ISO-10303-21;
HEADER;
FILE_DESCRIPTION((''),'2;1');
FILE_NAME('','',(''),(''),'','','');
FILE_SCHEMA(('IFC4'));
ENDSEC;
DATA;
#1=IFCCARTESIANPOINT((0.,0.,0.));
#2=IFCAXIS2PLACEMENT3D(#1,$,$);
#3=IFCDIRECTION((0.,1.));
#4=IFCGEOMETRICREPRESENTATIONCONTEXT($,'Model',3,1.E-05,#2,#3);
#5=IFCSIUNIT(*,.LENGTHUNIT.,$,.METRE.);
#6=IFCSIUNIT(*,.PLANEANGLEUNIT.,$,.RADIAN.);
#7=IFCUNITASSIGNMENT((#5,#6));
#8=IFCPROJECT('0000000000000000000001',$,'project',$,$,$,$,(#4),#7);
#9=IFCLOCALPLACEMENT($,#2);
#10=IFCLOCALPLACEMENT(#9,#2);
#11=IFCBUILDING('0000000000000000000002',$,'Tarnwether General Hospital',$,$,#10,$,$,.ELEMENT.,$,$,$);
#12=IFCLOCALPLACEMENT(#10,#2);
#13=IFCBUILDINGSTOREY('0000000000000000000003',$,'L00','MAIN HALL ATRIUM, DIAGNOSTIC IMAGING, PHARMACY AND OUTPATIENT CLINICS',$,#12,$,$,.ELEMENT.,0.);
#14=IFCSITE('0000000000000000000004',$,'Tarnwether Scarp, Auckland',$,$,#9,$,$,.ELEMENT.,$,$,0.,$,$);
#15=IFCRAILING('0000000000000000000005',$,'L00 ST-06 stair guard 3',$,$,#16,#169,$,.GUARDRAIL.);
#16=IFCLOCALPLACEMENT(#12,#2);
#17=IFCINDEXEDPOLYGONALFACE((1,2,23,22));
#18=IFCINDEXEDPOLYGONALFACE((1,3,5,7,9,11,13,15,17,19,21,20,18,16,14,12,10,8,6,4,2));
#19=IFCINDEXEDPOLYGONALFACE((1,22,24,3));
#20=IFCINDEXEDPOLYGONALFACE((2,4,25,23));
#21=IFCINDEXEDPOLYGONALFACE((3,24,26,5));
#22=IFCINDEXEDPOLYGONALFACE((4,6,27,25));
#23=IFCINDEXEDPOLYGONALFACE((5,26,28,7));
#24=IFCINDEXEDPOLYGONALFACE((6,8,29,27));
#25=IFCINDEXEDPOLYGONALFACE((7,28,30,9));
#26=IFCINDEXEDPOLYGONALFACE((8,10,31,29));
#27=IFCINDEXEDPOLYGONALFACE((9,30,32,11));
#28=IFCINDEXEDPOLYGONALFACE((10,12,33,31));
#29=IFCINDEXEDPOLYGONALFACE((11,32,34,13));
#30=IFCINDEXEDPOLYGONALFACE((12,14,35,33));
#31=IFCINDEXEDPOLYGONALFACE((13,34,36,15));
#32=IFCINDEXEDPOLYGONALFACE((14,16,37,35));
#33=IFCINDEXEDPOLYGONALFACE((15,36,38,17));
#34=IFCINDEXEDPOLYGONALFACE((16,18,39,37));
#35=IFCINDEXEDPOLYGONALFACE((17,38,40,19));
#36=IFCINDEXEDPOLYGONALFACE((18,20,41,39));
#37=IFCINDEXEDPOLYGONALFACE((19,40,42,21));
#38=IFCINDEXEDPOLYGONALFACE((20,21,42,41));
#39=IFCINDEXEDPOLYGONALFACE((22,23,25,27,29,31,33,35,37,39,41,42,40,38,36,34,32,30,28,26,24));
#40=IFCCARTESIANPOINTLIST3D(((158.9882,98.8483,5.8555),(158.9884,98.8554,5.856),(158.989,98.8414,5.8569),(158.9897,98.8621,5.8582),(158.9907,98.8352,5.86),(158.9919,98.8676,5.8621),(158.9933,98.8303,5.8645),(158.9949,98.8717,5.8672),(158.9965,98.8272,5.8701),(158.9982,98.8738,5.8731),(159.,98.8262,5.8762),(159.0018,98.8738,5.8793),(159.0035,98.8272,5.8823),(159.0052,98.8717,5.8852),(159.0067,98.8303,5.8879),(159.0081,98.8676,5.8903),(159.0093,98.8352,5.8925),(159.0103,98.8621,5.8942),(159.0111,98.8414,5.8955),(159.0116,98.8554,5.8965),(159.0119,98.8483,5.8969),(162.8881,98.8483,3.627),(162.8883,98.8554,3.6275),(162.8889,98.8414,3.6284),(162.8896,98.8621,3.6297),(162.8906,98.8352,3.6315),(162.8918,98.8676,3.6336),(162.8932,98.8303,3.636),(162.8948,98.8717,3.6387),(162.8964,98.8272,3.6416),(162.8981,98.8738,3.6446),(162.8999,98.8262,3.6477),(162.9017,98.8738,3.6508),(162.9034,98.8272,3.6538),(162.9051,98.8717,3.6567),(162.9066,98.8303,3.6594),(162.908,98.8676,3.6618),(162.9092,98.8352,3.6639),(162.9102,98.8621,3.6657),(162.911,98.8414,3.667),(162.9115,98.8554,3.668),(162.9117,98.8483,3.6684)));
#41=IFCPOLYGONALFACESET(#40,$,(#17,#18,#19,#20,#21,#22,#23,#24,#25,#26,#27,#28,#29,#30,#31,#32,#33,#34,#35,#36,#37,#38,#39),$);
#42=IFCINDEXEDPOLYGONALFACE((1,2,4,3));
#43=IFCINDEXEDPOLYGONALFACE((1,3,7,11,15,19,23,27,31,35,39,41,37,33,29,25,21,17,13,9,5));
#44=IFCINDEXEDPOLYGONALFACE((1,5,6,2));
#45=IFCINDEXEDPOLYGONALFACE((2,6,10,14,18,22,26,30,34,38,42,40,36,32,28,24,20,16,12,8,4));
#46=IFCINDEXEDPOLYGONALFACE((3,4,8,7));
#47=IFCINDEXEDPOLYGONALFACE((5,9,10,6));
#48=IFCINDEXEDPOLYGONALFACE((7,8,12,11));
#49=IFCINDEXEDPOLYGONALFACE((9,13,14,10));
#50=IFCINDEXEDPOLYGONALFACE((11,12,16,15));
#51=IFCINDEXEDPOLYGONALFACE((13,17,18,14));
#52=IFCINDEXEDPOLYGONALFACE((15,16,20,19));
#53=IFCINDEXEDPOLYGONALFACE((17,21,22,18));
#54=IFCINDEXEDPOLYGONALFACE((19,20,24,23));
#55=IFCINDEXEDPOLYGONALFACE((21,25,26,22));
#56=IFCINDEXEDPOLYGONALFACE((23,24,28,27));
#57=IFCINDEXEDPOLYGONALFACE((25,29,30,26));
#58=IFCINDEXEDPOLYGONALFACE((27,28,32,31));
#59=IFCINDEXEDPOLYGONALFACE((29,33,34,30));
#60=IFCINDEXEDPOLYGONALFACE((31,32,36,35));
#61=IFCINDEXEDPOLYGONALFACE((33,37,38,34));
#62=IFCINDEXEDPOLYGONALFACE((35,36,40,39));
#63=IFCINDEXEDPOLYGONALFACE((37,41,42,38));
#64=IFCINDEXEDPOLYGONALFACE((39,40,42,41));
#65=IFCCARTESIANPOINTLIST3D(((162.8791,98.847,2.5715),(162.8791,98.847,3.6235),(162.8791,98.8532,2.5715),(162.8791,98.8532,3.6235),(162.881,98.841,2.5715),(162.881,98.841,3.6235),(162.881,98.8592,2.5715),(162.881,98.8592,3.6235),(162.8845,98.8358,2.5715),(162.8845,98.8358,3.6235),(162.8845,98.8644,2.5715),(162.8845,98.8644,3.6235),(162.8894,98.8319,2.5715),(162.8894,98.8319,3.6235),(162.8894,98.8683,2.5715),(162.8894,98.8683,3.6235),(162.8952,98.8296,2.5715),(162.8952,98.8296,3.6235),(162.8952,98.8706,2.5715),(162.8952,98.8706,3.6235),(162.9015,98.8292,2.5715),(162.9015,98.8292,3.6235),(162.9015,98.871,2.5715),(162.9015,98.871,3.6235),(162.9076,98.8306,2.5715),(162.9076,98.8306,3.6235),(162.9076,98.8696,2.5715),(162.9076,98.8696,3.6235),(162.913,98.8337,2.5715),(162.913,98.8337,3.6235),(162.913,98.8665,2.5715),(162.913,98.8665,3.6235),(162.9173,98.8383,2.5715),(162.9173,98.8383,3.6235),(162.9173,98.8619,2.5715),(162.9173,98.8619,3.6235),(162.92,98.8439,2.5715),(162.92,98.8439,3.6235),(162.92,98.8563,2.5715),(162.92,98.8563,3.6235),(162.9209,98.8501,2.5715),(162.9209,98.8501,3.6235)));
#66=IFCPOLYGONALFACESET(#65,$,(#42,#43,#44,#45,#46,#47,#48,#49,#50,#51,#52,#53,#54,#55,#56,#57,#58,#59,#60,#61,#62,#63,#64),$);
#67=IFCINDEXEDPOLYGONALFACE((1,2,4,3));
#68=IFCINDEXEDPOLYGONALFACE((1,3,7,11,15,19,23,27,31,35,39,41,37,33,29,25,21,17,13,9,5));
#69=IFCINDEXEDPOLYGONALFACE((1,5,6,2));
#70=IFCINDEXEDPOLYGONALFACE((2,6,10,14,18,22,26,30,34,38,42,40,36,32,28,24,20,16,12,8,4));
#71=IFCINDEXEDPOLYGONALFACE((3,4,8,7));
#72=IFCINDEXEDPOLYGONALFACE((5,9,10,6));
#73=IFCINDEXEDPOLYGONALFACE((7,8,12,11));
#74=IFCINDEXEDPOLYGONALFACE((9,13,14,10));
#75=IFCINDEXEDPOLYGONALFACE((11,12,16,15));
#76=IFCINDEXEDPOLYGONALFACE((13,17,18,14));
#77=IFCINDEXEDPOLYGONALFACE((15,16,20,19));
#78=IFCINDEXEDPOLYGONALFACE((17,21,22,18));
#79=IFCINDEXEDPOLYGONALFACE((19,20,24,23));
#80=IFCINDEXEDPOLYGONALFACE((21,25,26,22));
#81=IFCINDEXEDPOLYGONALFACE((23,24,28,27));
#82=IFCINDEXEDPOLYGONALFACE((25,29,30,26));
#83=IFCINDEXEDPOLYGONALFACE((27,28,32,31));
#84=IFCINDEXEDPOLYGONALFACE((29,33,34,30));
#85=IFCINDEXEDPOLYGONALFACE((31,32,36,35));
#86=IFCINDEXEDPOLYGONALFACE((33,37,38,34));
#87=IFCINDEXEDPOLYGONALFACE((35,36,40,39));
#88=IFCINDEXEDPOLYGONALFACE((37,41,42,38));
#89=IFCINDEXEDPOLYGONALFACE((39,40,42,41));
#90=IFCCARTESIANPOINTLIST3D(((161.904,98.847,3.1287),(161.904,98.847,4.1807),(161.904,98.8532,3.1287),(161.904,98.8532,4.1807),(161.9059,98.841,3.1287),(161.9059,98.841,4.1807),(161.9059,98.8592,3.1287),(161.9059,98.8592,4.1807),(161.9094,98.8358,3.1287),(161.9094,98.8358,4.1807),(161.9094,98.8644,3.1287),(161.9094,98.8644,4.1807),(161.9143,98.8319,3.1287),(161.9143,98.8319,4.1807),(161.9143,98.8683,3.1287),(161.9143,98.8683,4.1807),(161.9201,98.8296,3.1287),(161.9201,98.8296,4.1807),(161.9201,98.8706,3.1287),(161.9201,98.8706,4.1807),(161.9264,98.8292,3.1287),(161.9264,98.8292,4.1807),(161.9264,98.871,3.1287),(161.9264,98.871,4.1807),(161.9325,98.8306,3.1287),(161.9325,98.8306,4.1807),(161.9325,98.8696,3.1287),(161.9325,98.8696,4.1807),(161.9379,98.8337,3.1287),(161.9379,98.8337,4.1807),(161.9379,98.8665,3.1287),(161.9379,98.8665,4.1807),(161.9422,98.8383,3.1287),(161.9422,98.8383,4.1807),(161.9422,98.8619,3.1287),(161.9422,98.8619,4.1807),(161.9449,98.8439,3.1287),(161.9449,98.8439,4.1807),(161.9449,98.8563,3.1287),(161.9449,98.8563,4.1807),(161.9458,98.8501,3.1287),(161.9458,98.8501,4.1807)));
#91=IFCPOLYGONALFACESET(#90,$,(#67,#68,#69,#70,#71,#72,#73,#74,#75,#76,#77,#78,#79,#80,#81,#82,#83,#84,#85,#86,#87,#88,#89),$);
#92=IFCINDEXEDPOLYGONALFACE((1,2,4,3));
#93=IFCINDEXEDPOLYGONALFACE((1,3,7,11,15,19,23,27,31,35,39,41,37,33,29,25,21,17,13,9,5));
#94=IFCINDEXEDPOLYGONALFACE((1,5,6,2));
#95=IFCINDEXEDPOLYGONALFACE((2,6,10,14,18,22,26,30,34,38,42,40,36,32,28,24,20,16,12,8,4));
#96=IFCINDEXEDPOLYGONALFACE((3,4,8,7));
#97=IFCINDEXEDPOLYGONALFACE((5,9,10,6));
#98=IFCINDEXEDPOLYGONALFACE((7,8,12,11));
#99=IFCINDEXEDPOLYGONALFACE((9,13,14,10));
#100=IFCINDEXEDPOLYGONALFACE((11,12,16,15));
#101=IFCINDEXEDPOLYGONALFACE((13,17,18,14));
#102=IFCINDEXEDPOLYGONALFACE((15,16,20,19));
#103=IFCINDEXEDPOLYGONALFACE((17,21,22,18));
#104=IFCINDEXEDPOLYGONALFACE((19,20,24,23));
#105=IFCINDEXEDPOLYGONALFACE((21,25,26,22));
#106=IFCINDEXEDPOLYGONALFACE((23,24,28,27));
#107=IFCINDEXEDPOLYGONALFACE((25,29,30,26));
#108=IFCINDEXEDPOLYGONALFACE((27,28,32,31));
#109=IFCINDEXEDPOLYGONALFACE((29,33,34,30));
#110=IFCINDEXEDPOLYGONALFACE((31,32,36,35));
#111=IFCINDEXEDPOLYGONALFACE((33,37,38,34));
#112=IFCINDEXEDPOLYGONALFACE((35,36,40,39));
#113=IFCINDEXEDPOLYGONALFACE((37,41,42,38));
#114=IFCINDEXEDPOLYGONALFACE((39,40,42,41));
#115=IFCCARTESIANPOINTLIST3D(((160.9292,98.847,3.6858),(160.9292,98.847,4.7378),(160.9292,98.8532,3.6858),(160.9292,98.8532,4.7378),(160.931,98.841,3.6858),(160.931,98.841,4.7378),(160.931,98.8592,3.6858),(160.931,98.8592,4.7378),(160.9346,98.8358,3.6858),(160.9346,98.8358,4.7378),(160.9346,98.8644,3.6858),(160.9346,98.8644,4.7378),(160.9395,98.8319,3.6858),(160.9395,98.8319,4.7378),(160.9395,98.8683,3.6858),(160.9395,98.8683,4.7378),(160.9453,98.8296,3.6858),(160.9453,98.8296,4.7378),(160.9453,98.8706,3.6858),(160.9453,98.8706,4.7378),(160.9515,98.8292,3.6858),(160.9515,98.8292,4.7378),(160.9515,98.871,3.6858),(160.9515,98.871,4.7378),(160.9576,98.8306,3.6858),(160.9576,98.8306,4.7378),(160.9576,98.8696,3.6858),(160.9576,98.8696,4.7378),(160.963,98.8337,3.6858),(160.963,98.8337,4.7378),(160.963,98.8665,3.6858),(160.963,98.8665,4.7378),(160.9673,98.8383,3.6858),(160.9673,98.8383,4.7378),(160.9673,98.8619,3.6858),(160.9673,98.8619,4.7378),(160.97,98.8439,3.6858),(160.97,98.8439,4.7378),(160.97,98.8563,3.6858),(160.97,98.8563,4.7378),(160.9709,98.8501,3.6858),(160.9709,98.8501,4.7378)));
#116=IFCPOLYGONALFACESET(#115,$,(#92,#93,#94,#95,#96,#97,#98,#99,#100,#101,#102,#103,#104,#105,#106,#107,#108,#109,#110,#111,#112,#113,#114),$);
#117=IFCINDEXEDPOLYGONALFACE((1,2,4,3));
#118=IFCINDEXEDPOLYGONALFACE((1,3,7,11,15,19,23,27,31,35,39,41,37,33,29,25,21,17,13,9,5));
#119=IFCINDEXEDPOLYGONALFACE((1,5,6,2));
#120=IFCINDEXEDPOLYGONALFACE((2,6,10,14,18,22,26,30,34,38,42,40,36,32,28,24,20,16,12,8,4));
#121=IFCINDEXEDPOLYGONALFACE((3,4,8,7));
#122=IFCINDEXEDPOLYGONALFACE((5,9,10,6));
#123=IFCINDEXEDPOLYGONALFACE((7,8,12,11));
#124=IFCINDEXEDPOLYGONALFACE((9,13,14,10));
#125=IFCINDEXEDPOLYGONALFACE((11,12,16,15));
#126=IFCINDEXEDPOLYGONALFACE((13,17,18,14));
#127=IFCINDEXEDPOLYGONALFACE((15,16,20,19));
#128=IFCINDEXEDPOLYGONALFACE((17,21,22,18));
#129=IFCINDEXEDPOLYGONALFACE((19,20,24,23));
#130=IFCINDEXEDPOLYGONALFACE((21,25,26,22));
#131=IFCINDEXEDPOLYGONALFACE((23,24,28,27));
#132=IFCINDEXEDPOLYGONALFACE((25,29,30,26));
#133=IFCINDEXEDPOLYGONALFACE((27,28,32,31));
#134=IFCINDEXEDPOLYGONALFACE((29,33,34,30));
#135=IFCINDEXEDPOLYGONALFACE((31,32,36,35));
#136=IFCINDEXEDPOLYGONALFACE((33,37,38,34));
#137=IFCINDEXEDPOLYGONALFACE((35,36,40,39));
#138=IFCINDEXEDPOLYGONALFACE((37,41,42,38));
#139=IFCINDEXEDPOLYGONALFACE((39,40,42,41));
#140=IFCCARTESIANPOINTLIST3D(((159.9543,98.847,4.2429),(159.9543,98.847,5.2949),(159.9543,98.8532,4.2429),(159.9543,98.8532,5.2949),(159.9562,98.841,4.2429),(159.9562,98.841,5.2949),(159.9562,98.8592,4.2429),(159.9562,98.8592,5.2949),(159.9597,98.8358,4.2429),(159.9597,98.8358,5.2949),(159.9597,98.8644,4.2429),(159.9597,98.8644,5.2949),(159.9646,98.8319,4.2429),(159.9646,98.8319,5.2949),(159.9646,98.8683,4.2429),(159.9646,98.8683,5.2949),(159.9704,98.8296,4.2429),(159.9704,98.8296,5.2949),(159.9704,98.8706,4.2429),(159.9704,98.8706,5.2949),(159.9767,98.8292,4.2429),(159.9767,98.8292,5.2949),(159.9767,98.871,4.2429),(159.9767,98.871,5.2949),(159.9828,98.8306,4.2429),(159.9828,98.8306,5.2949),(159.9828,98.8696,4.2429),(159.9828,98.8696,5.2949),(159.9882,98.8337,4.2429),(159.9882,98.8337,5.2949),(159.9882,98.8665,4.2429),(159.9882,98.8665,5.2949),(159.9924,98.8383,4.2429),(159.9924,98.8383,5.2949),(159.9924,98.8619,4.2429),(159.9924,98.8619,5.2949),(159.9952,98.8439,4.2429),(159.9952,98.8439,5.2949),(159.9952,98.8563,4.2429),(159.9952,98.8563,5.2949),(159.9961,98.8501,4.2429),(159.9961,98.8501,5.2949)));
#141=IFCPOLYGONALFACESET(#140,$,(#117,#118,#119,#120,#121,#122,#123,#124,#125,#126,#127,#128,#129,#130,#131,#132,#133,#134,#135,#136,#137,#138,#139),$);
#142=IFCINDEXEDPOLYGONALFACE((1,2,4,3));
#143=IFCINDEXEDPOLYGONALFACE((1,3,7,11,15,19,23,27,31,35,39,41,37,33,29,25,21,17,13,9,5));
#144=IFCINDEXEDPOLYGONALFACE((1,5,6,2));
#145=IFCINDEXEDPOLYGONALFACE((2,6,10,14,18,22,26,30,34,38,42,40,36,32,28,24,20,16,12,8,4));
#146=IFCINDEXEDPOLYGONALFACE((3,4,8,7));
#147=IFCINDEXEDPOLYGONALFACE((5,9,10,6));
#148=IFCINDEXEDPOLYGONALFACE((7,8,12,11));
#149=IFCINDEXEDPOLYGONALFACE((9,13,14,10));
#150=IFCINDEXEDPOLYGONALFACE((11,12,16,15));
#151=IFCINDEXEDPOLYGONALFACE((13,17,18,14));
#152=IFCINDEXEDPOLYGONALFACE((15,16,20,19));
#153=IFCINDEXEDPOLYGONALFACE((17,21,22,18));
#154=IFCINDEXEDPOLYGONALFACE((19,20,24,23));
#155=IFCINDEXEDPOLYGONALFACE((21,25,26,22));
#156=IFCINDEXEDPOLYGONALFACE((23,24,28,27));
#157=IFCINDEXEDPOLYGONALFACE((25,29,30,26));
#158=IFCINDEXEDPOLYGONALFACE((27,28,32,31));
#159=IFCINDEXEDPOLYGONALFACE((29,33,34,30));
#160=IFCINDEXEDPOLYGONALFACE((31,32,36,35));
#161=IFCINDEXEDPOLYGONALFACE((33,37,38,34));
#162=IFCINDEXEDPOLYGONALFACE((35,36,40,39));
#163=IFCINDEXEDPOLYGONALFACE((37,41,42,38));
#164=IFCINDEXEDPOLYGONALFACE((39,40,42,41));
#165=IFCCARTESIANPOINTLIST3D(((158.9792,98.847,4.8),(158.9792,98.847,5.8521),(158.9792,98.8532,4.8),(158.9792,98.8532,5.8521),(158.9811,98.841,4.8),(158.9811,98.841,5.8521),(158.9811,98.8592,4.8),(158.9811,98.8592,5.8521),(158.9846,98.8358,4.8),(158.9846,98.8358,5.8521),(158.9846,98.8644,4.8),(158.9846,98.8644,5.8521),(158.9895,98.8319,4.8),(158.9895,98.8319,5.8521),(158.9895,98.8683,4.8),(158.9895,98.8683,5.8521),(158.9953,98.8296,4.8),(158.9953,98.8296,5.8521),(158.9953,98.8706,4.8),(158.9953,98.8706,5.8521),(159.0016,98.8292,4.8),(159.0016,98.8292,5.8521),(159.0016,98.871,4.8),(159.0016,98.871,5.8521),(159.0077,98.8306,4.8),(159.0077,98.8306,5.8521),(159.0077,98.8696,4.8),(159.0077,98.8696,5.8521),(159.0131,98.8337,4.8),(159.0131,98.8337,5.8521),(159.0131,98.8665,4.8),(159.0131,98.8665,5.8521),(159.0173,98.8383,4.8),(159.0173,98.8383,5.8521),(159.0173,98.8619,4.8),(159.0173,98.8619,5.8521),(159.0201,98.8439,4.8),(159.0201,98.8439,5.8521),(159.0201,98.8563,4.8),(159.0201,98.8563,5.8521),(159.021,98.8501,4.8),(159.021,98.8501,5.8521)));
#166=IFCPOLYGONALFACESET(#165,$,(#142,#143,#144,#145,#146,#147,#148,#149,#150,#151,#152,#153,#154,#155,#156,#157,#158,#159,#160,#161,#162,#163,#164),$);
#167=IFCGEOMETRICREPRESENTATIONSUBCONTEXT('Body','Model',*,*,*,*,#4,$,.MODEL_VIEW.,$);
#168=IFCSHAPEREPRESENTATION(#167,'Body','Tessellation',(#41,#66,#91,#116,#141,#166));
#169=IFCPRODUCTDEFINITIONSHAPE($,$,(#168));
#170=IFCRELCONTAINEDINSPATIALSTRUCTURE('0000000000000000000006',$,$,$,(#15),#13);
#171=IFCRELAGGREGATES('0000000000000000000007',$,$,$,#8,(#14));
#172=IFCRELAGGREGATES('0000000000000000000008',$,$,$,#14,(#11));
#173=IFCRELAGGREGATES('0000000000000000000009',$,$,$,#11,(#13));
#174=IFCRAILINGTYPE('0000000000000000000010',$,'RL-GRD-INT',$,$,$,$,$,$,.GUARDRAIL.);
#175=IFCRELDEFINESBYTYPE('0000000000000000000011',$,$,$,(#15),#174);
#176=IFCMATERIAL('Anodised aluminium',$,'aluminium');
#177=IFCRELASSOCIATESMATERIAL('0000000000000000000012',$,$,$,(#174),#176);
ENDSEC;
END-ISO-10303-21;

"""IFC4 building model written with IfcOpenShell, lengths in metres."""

from ifc_helpers import new_model, si_unit, direction, frame, origin, origin_2d, place, context, subcontext, project, spatial, circle, extrude, material, type_object, element, save


model = new_model("IFC4")

# Units and contexts
model_context = context("Model", 3, precision=1e-05, world=origin(), true_north=direction((0.0, 1.0)))
body_context = subcontext(model_context, "Body", "Model", "MODEL_VIEW")
ifc_project = project(units=[si_unit("LENGTHUNIT", "METRE"), si_unit("PLANEANGLEUNIT", "RADIAN")], contexts=[model_context])

# Site, building, storey
site_placement = place(None, origin())
site = spatial("IfcSite", under=ifc_project, at=site_placement, Name="Tarnwether Scarp, Auckland", CompositionType="ELEMENT", RefElevation=0.0)
building_placement = place(site_placement, origin())
building = spatial("IfcBuilding", under=site, at=building_placement, Name="Tarnwether General Hospital", CompositionType="ELEMENT")
storey_placement = place(building_placement, origin())
storey = spatial("IfcBuildingStorey", under=building, at=storey_placement, Name="L00", Description="MAIN HALL ATRIUM, DIAGNOSTIC IMAGING, PHARMACY AND OUTPATIENT CLINICS", CompositionType="ELEMENT", Elevation=0.0)

# Railing
ifc_material_1 = material(Name="Anodised aluminium", Category="aluminium")
railing_type_1 = type_object("IfcRailingType", Name="RL-GRD-INT", PredefinedType="GUARDRAIL", material=ifc_material_1)
railing_1_placement = place(storey_placement, frame((162.8999, 98.8501, 2.5715)))
element("IfcRailing", 1, at=railing_1_placement, inside=storey, type_object=railing_type_1, Name="L00 ST-06 stair guard 3", PredefinedType="GUARDRAIL", context=body_context, shape_type="SweptSolid", body=[
    extrude(circle(Radius=0.0239, at=origin_2d()), frame((0.0, 0.0, 1.0762), z_axis=(-0.868243, 0.0, 0.496139), x_axis=(0.0, -1.0, 0.0)), (0.0, 0.0, 1.0), 4.4917),
    extrude(circle(Radius=0.021, at=origin_2d()), origin(), (0.0, 0.0, 1.0), 1.052),
    extrude(circle(Radius=0.021, at=origin_2d()), frame((-0.9751, 0.0, 0.5571)), (0.0, 0.0, 1.0), 1.052),
    extrude(circle(Radius=0.021, at=origin_2d()), frame((-1.95, 0.0, 1.1143)), (0.0, 0.0, 1.0), 1.052),
    extrude(circle(Radius=0.021, at=origin_2d()), frame((-2.9248, 0.0, 1.6714)), (0.0, 0.0, 1.0), 1.052),
    extrude(circle(Radius=0.021, at=origin_2d()), frame((-3.8999, 0.0, 2.2285)), (0.0, 0.0, 1.0), 1.052),
])

save(model, "model.ifc")
